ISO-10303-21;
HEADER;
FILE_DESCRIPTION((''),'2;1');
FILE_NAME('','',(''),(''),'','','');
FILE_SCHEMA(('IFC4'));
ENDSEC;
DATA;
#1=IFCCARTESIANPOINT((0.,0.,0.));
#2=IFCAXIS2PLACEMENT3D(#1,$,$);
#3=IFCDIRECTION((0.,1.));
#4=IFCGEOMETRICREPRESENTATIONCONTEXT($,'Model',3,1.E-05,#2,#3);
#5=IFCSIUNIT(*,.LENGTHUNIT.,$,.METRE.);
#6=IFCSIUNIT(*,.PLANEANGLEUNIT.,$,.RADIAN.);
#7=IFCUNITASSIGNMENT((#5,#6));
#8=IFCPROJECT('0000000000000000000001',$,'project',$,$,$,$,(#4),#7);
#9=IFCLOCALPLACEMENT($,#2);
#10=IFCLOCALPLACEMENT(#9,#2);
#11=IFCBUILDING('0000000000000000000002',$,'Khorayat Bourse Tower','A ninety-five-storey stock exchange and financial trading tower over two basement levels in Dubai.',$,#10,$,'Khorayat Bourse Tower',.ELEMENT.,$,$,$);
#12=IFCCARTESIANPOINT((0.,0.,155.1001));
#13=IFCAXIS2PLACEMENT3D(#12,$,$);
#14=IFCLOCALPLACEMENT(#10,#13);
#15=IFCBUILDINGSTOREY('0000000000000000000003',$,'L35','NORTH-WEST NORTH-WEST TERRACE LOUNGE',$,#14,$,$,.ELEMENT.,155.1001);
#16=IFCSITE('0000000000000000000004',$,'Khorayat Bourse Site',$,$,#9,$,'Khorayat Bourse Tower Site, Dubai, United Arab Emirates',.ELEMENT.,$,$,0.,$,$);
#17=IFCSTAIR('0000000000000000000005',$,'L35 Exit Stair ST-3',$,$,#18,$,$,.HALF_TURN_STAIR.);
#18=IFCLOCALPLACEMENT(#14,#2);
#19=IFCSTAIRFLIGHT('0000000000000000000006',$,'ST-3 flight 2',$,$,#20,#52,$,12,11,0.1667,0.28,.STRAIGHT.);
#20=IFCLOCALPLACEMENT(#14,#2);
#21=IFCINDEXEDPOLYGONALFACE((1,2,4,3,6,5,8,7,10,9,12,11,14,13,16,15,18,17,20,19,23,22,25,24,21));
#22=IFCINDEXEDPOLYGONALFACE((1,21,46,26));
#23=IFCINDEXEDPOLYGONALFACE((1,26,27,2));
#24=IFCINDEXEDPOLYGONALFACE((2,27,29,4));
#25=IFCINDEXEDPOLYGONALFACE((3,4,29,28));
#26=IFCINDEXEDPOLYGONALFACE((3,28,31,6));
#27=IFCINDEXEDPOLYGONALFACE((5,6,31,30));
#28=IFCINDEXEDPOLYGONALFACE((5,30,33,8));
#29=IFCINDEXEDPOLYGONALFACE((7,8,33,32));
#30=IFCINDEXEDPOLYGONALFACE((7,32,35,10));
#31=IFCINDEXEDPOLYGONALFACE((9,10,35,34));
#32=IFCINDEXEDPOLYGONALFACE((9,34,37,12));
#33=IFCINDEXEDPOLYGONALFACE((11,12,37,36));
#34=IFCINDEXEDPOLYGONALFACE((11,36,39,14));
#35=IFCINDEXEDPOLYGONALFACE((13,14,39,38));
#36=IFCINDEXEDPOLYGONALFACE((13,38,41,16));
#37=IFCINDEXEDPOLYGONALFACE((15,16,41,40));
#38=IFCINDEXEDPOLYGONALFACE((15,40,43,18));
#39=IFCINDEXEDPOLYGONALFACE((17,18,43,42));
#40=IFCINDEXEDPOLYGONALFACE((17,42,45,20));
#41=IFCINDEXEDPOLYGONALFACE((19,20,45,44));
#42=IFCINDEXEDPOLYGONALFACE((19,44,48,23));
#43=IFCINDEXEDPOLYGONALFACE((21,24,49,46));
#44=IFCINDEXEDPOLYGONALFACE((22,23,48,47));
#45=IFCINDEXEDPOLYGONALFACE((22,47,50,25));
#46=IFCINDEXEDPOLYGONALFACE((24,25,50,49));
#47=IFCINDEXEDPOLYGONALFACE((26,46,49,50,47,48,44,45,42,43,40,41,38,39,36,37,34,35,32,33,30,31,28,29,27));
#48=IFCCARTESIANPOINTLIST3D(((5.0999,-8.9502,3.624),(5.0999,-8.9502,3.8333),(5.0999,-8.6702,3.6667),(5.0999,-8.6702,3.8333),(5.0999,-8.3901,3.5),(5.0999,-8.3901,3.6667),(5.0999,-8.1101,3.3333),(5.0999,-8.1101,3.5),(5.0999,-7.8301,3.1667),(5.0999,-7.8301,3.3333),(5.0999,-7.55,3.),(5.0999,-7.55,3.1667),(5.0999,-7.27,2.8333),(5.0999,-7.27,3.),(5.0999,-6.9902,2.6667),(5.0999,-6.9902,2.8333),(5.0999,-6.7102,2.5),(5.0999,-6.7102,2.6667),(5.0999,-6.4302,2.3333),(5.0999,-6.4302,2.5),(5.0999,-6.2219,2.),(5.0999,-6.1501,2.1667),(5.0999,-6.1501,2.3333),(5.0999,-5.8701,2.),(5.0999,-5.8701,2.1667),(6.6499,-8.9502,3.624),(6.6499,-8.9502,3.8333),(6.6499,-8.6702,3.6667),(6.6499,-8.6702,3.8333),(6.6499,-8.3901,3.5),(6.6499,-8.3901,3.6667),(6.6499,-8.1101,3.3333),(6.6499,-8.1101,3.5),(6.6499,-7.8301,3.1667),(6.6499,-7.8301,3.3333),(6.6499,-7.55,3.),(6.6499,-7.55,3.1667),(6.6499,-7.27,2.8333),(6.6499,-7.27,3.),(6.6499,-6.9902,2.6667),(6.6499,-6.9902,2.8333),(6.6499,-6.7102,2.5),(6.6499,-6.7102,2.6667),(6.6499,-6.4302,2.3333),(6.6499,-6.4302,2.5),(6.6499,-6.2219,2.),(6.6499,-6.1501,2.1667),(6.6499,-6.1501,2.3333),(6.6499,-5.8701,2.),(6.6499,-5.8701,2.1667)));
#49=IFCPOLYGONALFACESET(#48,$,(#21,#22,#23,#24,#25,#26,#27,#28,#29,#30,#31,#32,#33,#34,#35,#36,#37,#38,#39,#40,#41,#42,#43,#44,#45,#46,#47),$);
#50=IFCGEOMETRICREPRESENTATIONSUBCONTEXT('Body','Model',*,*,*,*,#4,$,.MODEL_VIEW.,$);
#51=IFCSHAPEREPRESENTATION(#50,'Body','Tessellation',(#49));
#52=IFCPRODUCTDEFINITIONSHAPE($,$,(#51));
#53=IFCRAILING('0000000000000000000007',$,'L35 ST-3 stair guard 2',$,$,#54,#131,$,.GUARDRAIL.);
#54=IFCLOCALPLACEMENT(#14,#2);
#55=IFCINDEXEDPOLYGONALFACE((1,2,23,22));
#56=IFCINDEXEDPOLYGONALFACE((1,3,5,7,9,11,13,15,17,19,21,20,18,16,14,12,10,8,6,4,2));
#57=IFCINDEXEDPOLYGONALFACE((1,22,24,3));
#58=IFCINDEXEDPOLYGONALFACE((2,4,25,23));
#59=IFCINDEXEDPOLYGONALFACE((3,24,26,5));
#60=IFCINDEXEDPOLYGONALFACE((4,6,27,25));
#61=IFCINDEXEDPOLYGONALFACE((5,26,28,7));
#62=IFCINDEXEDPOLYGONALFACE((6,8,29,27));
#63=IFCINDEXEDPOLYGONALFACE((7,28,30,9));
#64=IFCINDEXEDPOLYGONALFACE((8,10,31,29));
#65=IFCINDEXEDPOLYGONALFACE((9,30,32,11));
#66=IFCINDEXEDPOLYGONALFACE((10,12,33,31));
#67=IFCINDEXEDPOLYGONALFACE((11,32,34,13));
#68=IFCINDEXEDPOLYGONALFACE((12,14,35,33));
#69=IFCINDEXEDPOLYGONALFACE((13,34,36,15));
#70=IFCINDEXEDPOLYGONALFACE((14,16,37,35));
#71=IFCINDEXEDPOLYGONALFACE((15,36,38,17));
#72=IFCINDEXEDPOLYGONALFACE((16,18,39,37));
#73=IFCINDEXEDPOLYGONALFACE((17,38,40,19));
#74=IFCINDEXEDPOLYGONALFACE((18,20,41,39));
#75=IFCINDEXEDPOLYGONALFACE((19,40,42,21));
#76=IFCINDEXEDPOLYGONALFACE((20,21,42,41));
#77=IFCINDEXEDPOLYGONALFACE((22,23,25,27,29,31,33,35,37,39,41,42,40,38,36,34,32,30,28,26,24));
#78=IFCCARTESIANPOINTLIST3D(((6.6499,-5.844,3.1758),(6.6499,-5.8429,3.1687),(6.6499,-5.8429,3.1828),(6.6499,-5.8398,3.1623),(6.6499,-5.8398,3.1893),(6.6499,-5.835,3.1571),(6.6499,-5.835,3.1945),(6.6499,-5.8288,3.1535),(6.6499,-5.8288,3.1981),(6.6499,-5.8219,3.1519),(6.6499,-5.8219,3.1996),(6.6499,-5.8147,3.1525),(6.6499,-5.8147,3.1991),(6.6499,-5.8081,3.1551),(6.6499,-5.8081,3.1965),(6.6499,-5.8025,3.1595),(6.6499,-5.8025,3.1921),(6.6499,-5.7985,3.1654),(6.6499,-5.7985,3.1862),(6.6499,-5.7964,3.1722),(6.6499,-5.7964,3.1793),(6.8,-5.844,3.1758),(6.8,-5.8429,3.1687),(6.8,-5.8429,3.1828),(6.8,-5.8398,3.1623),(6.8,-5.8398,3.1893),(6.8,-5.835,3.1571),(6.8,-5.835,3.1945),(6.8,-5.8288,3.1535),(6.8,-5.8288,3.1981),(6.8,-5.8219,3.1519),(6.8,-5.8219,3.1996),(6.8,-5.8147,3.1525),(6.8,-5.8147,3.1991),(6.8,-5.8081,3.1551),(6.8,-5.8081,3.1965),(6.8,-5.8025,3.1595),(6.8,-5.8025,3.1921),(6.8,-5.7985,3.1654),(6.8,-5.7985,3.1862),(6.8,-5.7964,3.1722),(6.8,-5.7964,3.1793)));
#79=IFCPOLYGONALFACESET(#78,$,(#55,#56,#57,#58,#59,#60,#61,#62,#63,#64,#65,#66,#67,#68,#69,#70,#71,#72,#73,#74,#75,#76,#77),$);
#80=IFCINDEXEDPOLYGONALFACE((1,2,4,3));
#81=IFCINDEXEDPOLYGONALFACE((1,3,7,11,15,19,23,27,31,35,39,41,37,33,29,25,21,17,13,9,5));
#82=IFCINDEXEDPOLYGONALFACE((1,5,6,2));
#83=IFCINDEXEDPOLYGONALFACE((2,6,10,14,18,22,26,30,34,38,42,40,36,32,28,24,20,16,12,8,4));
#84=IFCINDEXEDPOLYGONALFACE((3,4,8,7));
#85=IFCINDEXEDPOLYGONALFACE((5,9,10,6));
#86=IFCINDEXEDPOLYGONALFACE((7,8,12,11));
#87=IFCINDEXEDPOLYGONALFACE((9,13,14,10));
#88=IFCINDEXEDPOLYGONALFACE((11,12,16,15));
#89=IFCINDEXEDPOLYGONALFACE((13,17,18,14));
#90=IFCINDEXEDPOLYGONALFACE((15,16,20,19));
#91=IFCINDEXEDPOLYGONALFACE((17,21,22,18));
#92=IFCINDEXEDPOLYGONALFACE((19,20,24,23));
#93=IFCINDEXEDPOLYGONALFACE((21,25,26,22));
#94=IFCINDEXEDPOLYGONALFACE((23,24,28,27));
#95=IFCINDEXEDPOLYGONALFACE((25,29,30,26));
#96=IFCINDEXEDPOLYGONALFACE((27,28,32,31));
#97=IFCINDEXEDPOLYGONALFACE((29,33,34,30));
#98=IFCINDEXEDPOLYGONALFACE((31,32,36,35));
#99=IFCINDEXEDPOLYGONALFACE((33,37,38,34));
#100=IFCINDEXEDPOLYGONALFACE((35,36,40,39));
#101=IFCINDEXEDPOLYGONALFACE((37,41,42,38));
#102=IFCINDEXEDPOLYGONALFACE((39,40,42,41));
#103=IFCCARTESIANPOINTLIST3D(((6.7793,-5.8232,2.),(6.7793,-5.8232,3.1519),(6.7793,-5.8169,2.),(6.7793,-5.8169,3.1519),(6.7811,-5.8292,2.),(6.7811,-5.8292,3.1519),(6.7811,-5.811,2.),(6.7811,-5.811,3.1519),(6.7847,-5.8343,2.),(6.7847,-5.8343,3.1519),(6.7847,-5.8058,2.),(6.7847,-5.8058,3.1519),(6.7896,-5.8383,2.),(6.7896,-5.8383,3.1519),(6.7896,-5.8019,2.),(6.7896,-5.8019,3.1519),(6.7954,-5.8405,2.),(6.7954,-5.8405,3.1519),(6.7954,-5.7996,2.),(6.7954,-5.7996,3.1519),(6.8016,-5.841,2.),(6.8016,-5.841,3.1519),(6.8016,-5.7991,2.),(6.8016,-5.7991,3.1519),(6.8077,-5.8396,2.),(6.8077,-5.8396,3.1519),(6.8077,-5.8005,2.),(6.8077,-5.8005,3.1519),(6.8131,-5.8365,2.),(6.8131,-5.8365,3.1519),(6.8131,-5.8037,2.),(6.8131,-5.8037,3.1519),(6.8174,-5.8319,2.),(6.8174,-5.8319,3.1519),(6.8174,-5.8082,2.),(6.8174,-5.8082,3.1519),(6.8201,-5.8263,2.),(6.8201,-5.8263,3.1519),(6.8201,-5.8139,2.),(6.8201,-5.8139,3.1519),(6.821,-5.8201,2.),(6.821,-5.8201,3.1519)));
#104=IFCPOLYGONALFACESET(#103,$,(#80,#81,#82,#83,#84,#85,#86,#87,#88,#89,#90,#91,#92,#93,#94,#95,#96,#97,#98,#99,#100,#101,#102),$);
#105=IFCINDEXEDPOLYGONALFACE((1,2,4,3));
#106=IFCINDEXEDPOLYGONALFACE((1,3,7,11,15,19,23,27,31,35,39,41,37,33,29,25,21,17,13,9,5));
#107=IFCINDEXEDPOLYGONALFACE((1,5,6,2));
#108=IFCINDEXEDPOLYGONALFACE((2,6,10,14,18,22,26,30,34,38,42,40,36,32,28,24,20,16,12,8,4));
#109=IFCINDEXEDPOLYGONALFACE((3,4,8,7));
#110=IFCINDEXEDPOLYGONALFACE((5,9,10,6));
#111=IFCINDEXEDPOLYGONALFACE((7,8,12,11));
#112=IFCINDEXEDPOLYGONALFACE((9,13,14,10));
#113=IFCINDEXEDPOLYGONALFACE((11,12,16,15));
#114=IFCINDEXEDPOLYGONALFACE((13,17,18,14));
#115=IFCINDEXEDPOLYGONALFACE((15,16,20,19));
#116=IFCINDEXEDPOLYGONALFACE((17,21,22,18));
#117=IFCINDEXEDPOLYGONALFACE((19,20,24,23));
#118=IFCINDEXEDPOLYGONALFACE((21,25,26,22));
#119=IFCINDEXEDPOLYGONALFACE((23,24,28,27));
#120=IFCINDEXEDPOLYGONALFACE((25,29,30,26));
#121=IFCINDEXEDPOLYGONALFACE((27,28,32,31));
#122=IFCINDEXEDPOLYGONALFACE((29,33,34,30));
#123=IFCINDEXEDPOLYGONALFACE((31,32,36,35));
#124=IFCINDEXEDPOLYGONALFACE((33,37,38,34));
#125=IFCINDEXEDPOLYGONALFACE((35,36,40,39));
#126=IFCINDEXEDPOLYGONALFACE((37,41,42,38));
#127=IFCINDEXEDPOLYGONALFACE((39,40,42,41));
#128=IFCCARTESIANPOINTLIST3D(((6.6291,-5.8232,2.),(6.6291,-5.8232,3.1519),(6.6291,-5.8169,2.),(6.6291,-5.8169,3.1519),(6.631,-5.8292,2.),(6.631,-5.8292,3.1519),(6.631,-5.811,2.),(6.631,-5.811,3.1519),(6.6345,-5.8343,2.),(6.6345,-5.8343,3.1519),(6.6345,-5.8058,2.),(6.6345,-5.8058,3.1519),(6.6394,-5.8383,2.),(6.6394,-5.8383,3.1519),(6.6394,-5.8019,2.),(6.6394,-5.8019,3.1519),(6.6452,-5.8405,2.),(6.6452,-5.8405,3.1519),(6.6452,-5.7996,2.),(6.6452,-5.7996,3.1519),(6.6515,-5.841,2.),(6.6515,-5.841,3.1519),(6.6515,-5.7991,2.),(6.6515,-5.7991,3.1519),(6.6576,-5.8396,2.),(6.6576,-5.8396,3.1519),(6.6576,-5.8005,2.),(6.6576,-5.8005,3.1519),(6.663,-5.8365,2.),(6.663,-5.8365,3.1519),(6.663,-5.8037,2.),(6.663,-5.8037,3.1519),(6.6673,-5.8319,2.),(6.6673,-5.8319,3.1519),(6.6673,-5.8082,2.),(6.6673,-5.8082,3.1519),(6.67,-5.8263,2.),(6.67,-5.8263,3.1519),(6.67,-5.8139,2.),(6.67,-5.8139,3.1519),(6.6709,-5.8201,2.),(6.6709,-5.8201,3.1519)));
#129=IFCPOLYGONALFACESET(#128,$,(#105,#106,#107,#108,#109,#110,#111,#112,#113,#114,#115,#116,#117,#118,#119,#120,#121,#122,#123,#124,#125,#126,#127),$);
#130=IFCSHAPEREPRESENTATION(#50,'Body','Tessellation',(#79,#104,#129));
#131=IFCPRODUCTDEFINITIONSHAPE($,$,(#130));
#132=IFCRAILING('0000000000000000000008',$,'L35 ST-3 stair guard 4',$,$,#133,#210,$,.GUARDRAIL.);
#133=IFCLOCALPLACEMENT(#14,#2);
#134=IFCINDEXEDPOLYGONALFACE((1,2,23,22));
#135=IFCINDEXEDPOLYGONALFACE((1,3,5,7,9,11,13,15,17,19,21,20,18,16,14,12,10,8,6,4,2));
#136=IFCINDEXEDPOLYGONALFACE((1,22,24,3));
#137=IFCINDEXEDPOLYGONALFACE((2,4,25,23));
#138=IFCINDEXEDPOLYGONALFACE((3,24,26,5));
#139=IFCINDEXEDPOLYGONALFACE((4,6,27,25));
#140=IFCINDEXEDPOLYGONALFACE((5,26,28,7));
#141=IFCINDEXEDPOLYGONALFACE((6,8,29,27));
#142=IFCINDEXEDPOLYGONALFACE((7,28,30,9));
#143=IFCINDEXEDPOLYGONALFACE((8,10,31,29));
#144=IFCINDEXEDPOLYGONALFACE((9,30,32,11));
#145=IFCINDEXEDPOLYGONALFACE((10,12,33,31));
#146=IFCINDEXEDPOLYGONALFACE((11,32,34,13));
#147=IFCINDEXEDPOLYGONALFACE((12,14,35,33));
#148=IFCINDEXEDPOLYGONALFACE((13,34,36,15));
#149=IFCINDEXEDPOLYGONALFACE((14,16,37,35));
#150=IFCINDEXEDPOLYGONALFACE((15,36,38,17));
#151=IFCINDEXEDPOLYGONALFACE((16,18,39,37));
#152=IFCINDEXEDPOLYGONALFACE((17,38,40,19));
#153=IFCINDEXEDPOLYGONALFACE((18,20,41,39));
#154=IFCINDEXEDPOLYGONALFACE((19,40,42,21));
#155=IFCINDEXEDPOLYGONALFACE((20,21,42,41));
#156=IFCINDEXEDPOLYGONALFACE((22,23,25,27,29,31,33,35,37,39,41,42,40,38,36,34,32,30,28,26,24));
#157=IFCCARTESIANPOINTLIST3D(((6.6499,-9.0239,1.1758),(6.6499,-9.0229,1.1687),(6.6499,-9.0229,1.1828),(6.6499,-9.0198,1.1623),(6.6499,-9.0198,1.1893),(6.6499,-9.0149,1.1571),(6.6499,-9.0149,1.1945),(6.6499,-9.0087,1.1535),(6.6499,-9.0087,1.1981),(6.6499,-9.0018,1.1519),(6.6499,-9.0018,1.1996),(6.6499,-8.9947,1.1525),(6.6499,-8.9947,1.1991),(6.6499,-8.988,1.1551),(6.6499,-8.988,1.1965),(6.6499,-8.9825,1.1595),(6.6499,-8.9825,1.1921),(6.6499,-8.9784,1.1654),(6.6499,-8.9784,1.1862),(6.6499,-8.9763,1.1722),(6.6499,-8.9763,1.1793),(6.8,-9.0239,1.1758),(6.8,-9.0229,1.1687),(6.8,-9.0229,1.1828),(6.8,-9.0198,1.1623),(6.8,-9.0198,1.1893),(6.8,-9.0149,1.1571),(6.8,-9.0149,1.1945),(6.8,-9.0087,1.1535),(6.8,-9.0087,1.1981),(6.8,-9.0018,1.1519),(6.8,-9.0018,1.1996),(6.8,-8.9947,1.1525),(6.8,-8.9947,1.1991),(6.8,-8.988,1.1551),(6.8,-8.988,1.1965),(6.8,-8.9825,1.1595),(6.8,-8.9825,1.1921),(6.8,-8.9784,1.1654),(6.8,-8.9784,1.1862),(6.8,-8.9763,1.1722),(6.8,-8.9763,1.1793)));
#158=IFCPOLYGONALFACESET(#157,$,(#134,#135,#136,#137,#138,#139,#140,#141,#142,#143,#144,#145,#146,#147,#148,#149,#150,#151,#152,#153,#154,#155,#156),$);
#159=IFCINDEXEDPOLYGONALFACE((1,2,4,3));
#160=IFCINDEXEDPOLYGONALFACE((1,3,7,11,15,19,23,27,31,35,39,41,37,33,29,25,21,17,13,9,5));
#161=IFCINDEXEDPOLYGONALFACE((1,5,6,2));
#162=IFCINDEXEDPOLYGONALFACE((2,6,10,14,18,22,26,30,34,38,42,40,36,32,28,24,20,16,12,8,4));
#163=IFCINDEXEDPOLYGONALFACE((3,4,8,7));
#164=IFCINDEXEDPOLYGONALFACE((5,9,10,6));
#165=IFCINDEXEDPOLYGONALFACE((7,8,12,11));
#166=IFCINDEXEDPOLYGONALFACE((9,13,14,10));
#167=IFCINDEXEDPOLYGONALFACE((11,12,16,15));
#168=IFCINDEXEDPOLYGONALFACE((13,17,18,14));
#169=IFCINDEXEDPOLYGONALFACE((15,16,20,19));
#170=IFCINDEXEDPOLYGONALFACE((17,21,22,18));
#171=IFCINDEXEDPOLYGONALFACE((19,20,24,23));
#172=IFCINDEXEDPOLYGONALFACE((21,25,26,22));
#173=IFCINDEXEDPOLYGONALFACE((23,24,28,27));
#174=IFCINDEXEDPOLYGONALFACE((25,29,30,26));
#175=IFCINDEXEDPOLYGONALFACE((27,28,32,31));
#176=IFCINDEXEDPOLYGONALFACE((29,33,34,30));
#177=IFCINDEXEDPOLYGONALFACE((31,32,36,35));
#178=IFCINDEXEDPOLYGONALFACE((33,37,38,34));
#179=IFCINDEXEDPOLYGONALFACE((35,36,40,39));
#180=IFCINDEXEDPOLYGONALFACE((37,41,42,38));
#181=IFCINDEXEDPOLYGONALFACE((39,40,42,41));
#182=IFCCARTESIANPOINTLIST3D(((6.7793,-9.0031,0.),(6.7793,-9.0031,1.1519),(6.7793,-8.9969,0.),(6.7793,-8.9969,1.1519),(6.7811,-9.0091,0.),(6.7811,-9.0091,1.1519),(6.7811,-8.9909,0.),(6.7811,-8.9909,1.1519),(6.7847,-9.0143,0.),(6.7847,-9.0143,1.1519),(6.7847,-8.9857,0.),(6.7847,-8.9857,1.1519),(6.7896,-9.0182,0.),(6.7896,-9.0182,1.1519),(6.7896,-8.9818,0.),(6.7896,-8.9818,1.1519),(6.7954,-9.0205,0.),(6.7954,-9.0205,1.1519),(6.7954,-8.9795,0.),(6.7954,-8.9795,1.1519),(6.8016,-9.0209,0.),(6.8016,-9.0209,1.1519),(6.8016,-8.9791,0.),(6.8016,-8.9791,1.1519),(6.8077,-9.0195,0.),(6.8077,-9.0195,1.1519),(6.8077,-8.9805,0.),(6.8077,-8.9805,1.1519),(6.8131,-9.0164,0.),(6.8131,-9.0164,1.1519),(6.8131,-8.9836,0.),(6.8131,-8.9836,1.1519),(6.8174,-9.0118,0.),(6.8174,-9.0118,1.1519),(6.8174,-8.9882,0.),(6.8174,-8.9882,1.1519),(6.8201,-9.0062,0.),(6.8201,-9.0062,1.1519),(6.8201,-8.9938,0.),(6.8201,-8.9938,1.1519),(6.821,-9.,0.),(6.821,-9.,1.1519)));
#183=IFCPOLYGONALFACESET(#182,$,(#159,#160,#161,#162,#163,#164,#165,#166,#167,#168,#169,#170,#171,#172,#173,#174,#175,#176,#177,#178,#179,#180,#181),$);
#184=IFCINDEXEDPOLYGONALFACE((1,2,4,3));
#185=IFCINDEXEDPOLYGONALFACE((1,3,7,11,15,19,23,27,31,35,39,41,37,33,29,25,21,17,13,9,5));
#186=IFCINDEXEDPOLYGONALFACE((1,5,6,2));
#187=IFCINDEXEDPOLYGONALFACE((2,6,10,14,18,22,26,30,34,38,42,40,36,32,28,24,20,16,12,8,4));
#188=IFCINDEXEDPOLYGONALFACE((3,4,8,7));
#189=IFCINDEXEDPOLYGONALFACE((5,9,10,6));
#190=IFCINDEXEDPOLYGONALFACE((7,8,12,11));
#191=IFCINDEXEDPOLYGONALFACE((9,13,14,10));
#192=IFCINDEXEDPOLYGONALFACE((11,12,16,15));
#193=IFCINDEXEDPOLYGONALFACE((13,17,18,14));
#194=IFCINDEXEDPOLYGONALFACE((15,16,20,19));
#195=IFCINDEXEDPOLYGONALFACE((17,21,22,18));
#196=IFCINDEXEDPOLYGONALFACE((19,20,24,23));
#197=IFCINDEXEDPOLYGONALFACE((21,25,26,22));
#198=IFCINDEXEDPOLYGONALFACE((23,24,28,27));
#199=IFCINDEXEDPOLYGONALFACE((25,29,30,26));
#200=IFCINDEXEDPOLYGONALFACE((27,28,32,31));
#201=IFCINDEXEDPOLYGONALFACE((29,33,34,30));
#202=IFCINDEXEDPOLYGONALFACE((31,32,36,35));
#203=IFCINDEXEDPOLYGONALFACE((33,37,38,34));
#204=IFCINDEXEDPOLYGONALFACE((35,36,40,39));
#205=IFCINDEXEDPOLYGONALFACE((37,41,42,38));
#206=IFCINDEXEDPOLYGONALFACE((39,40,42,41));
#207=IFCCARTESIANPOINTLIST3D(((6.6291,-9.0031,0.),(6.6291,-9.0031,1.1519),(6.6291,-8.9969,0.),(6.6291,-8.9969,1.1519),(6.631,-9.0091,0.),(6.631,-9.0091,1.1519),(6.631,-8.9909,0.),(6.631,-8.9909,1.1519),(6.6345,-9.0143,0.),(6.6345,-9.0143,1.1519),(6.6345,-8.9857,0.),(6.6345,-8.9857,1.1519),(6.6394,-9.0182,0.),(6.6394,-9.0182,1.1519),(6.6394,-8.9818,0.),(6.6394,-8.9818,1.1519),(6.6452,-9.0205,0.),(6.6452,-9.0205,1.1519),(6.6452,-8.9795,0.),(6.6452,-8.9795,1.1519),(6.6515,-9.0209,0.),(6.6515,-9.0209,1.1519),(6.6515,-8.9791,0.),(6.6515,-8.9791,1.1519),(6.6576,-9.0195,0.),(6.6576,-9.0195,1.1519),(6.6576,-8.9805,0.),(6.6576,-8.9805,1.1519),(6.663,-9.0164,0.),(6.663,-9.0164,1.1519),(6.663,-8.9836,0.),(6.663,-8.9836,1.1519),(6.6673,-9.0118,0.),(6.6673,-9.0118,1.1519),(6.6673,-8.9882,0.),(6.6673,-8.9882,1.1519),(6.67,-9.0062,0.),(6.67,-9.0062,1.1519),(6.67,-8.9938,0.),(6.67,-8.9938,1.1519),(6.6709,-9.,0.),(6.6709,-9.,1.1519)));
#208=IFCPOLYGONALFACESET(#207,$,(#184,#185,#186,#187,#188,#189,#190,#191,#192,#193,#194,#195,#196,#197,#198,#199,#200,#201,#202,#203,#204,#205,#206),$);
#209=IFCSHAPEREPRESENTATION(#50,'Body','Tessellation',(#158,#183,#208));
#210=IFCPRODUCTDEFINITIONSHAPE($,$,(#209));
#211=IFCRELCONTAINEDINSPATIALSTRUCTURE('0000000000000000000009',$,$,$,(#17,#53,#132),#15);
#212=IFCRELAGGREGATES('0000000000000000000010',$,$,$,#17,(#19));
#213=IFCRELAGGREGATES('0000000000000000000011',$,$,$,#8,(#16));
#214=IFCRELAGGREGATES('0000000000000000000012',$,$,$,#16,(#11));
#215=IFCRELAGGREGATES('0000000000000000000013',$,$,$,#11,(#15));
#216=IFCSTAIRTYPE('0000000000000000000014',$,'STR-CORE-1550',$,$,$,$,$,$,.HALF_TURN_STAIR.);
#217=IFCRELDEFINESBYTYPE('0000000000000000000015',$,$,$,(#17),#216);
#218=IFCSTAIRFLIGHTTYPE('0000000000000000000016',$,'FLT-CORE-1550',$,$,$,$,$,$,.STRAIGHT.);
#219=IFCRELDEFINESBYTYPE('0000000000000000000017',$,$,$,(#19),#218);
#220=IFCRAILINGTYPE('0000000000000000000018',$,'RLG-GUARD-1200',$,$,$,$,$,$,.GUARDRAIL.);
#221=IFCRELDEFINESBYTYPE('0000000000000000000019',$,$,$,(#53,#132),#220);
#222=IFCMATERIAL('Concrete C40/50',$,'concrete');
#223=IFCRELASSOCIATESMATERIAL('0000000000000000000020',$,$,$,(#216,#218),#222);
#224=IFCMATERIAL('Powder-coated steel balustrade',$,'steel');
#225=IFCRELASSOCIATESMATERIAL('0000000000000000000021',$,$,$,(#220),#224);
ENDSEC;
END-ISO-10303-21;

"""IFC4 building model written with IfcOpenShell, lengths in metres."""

from ifc_helpers import new_model, si_unit, direction, frame, origin, origin_2d, place, context, subcontext, project, spatial, polyline, circle, outline, extrude, source, transform, mapped, material, type_object, element, aggregate, save


model = new_model("IFC4")

# Units and contexts
model_context = context("Model", 3, precision=1e-05, world=origin(), true_north=direction((0.0, 1.0)))
body_context = subcontext(model_context, "Body", "Model", "MODEL_VIEW")
ifc_project = project(units=[si_unit("LENGTHUNIT", "METRE"), si_unit("PLANEANGLEUNIT", "RADIAN")], contexts=[model_context])

# Site, building, storey
site_placement = place(None, origin())
site = spatial("IfcSite", under=ifc_project, at=site_placement, Name="Khorayat Bourse Site", LongName="Khorayat Bourse Tower Site, Dubai, United Arab Emirates", CompositionType="ELEMENT", RefElevation=0.0)
building_placement = place(site_placement, origin())
building = spatial("IfcBuilding", under=site, at=building_placement, Name="Khorayat Bourse Tower", Description="A ninety-five-storey stock exchange and financial trading tower over two basement levels in Dubai.", LongName="Khorayat Bourse Tower", CompositionType="ELEMENT")
storey_placement = place(building_placement, frame((0.0, 0.0, 155.1001)))
storey = spatial("IfcBuildingStorey", under=building, at=storey_placement, Name="L35", Description="NORTH-WEST NORTH-WEST TERRACE LOUNGE", CompositionType="ELEMENT", Elevation=155.1001)

# Stair, stair flight
ifc_material_1 = material(Name="Concrete C40/50", Category="concrete")
stair_type = type_object("IfcStairType", Name="STR-CORE-1550", PredefinedType="HALF_TURN_STAIR", material=ifc_material_1)
stair_placement = place(storey_placement, origin())
stair = element("IfcStair", 1, at=stair_placement, inside=storey, type_object=stair_type, Name="L35 Exit Stair ST-3", PredefinedType="HALF_TURN_STAIR")
stair_flight_type = type_object("IfcStairFlightType", Name="FLT-CORE-1550", PredefinedType="STRAIGHT", material=ifc_material_1)
shared_shape_1 = source(origin(), body_context, "Body", "SweptSolid", [
    extrude(outline(polyline([(0.0, 0.0), (0.0, 0.1667), (0.28, 0.1667), (0.28, 0.3333), (0.5601, 0.3333), (0.5601, 0.5), (0.8401, 0.5), (0.8401, 0.6667), (1.1201, 0.6667), (1.1201, 0.8333), (1.3999, 0.8333), (1.3999, 1.0), (1.6799, 1.0), (1.6799, 1.1667), (1.96, 1.1667), (1.96, 1.3333), (2.24, 1.3333), (2.24, 1.5), (2.52, 1.5), (2.52, 1.6667), (2.8, 1.6667), (2.8, 1.8333), (3.0801, 1.8333), (3.0801, 2.0), (3.0801, 1.624), (0.3518, 0.0), (0.0, 0.0)])), frame((0.0, 0.7749, 0.0), z_axis=(0.0, -1.0, 0.0), x_axis=(1.0, 0.0, 0.0)), (0.0, 0.0, 1.0), 1.55),
])
stair_flight_1_placement = place(storey_placement, frame((5.875, -5.8701, 2.0), z_axis=(0.0, 0.0, 1.0), x_axis=(0.0, -1.0, 0.0)))
stair_flight_1 = element("IfcStairFlight", 2, at=stair_flight_1_placement, type_object=stair_flight_type, Name="ST-3 flight 2", NumberOfRisers=12, NumberOfTreads=11, PredefinedType="STRAIGHT", RiserHeight=0.1667, TreadLength=0.28, context=body_context, shape_type="MappedRepresentation", body=[
    mapped(shared_shape_1, transform((0.0, 0.0, 0.0), scale=1.0)),
])
aggregate(stair, [stair_flight_1])

# Railings
ifc_material_2 = material(Name="Powder-coated steel balustrade", Category="steel")
railing_type_1 = type_object("IfcRailingType", Name="RLG-GUARD-1200", PredefinedType="GUARDRAIL", material=ifc_material_2)
shared_shape_2 = source(origin(), body_context, "Body", "SweptSolid", [
    extrude(circle(Radius=0.0239, at=origin_2d()), frame((0.0, 0.0, 1.1758), z_axis=(-1.0, 0.0, 0.0), x_axis=(0.0, -1.0, 0.0)), (0.0, 0.0, 1.0), 0.1501),
    extrude(circle(Radius=0.021, at=origin_2d()), origin(), (0.0, 0.0, 1.0), 1.1519),
    extrude(circle(Radius=0.021, at=origin_2d()), frame((-0.1501, 0.0, 0.0)), (0.0, 0.0, 1.0), 1.1519),
])
for number, where, name in (
    (3, (6.8, -5.8201, 2.0), "L35 ST-3 stair guard 2"),
    (4, (6.8, -9.0, 0.0), "L35 ST-3 stair guard 4"),
):
    element("IfcRailing", number, at=place(storey_placement, frame(where)), inside=storey, type_object=railing_type_1, Name=name, PredefinedType="GUARDRAIL", context=body_context, shape_type="MappedRepresentation", body=[
        mapped(shared_shape_2, transform((0.0, 0.0, 0.0), scale=1.0)),
    ])

save(model, "model.ifc")
